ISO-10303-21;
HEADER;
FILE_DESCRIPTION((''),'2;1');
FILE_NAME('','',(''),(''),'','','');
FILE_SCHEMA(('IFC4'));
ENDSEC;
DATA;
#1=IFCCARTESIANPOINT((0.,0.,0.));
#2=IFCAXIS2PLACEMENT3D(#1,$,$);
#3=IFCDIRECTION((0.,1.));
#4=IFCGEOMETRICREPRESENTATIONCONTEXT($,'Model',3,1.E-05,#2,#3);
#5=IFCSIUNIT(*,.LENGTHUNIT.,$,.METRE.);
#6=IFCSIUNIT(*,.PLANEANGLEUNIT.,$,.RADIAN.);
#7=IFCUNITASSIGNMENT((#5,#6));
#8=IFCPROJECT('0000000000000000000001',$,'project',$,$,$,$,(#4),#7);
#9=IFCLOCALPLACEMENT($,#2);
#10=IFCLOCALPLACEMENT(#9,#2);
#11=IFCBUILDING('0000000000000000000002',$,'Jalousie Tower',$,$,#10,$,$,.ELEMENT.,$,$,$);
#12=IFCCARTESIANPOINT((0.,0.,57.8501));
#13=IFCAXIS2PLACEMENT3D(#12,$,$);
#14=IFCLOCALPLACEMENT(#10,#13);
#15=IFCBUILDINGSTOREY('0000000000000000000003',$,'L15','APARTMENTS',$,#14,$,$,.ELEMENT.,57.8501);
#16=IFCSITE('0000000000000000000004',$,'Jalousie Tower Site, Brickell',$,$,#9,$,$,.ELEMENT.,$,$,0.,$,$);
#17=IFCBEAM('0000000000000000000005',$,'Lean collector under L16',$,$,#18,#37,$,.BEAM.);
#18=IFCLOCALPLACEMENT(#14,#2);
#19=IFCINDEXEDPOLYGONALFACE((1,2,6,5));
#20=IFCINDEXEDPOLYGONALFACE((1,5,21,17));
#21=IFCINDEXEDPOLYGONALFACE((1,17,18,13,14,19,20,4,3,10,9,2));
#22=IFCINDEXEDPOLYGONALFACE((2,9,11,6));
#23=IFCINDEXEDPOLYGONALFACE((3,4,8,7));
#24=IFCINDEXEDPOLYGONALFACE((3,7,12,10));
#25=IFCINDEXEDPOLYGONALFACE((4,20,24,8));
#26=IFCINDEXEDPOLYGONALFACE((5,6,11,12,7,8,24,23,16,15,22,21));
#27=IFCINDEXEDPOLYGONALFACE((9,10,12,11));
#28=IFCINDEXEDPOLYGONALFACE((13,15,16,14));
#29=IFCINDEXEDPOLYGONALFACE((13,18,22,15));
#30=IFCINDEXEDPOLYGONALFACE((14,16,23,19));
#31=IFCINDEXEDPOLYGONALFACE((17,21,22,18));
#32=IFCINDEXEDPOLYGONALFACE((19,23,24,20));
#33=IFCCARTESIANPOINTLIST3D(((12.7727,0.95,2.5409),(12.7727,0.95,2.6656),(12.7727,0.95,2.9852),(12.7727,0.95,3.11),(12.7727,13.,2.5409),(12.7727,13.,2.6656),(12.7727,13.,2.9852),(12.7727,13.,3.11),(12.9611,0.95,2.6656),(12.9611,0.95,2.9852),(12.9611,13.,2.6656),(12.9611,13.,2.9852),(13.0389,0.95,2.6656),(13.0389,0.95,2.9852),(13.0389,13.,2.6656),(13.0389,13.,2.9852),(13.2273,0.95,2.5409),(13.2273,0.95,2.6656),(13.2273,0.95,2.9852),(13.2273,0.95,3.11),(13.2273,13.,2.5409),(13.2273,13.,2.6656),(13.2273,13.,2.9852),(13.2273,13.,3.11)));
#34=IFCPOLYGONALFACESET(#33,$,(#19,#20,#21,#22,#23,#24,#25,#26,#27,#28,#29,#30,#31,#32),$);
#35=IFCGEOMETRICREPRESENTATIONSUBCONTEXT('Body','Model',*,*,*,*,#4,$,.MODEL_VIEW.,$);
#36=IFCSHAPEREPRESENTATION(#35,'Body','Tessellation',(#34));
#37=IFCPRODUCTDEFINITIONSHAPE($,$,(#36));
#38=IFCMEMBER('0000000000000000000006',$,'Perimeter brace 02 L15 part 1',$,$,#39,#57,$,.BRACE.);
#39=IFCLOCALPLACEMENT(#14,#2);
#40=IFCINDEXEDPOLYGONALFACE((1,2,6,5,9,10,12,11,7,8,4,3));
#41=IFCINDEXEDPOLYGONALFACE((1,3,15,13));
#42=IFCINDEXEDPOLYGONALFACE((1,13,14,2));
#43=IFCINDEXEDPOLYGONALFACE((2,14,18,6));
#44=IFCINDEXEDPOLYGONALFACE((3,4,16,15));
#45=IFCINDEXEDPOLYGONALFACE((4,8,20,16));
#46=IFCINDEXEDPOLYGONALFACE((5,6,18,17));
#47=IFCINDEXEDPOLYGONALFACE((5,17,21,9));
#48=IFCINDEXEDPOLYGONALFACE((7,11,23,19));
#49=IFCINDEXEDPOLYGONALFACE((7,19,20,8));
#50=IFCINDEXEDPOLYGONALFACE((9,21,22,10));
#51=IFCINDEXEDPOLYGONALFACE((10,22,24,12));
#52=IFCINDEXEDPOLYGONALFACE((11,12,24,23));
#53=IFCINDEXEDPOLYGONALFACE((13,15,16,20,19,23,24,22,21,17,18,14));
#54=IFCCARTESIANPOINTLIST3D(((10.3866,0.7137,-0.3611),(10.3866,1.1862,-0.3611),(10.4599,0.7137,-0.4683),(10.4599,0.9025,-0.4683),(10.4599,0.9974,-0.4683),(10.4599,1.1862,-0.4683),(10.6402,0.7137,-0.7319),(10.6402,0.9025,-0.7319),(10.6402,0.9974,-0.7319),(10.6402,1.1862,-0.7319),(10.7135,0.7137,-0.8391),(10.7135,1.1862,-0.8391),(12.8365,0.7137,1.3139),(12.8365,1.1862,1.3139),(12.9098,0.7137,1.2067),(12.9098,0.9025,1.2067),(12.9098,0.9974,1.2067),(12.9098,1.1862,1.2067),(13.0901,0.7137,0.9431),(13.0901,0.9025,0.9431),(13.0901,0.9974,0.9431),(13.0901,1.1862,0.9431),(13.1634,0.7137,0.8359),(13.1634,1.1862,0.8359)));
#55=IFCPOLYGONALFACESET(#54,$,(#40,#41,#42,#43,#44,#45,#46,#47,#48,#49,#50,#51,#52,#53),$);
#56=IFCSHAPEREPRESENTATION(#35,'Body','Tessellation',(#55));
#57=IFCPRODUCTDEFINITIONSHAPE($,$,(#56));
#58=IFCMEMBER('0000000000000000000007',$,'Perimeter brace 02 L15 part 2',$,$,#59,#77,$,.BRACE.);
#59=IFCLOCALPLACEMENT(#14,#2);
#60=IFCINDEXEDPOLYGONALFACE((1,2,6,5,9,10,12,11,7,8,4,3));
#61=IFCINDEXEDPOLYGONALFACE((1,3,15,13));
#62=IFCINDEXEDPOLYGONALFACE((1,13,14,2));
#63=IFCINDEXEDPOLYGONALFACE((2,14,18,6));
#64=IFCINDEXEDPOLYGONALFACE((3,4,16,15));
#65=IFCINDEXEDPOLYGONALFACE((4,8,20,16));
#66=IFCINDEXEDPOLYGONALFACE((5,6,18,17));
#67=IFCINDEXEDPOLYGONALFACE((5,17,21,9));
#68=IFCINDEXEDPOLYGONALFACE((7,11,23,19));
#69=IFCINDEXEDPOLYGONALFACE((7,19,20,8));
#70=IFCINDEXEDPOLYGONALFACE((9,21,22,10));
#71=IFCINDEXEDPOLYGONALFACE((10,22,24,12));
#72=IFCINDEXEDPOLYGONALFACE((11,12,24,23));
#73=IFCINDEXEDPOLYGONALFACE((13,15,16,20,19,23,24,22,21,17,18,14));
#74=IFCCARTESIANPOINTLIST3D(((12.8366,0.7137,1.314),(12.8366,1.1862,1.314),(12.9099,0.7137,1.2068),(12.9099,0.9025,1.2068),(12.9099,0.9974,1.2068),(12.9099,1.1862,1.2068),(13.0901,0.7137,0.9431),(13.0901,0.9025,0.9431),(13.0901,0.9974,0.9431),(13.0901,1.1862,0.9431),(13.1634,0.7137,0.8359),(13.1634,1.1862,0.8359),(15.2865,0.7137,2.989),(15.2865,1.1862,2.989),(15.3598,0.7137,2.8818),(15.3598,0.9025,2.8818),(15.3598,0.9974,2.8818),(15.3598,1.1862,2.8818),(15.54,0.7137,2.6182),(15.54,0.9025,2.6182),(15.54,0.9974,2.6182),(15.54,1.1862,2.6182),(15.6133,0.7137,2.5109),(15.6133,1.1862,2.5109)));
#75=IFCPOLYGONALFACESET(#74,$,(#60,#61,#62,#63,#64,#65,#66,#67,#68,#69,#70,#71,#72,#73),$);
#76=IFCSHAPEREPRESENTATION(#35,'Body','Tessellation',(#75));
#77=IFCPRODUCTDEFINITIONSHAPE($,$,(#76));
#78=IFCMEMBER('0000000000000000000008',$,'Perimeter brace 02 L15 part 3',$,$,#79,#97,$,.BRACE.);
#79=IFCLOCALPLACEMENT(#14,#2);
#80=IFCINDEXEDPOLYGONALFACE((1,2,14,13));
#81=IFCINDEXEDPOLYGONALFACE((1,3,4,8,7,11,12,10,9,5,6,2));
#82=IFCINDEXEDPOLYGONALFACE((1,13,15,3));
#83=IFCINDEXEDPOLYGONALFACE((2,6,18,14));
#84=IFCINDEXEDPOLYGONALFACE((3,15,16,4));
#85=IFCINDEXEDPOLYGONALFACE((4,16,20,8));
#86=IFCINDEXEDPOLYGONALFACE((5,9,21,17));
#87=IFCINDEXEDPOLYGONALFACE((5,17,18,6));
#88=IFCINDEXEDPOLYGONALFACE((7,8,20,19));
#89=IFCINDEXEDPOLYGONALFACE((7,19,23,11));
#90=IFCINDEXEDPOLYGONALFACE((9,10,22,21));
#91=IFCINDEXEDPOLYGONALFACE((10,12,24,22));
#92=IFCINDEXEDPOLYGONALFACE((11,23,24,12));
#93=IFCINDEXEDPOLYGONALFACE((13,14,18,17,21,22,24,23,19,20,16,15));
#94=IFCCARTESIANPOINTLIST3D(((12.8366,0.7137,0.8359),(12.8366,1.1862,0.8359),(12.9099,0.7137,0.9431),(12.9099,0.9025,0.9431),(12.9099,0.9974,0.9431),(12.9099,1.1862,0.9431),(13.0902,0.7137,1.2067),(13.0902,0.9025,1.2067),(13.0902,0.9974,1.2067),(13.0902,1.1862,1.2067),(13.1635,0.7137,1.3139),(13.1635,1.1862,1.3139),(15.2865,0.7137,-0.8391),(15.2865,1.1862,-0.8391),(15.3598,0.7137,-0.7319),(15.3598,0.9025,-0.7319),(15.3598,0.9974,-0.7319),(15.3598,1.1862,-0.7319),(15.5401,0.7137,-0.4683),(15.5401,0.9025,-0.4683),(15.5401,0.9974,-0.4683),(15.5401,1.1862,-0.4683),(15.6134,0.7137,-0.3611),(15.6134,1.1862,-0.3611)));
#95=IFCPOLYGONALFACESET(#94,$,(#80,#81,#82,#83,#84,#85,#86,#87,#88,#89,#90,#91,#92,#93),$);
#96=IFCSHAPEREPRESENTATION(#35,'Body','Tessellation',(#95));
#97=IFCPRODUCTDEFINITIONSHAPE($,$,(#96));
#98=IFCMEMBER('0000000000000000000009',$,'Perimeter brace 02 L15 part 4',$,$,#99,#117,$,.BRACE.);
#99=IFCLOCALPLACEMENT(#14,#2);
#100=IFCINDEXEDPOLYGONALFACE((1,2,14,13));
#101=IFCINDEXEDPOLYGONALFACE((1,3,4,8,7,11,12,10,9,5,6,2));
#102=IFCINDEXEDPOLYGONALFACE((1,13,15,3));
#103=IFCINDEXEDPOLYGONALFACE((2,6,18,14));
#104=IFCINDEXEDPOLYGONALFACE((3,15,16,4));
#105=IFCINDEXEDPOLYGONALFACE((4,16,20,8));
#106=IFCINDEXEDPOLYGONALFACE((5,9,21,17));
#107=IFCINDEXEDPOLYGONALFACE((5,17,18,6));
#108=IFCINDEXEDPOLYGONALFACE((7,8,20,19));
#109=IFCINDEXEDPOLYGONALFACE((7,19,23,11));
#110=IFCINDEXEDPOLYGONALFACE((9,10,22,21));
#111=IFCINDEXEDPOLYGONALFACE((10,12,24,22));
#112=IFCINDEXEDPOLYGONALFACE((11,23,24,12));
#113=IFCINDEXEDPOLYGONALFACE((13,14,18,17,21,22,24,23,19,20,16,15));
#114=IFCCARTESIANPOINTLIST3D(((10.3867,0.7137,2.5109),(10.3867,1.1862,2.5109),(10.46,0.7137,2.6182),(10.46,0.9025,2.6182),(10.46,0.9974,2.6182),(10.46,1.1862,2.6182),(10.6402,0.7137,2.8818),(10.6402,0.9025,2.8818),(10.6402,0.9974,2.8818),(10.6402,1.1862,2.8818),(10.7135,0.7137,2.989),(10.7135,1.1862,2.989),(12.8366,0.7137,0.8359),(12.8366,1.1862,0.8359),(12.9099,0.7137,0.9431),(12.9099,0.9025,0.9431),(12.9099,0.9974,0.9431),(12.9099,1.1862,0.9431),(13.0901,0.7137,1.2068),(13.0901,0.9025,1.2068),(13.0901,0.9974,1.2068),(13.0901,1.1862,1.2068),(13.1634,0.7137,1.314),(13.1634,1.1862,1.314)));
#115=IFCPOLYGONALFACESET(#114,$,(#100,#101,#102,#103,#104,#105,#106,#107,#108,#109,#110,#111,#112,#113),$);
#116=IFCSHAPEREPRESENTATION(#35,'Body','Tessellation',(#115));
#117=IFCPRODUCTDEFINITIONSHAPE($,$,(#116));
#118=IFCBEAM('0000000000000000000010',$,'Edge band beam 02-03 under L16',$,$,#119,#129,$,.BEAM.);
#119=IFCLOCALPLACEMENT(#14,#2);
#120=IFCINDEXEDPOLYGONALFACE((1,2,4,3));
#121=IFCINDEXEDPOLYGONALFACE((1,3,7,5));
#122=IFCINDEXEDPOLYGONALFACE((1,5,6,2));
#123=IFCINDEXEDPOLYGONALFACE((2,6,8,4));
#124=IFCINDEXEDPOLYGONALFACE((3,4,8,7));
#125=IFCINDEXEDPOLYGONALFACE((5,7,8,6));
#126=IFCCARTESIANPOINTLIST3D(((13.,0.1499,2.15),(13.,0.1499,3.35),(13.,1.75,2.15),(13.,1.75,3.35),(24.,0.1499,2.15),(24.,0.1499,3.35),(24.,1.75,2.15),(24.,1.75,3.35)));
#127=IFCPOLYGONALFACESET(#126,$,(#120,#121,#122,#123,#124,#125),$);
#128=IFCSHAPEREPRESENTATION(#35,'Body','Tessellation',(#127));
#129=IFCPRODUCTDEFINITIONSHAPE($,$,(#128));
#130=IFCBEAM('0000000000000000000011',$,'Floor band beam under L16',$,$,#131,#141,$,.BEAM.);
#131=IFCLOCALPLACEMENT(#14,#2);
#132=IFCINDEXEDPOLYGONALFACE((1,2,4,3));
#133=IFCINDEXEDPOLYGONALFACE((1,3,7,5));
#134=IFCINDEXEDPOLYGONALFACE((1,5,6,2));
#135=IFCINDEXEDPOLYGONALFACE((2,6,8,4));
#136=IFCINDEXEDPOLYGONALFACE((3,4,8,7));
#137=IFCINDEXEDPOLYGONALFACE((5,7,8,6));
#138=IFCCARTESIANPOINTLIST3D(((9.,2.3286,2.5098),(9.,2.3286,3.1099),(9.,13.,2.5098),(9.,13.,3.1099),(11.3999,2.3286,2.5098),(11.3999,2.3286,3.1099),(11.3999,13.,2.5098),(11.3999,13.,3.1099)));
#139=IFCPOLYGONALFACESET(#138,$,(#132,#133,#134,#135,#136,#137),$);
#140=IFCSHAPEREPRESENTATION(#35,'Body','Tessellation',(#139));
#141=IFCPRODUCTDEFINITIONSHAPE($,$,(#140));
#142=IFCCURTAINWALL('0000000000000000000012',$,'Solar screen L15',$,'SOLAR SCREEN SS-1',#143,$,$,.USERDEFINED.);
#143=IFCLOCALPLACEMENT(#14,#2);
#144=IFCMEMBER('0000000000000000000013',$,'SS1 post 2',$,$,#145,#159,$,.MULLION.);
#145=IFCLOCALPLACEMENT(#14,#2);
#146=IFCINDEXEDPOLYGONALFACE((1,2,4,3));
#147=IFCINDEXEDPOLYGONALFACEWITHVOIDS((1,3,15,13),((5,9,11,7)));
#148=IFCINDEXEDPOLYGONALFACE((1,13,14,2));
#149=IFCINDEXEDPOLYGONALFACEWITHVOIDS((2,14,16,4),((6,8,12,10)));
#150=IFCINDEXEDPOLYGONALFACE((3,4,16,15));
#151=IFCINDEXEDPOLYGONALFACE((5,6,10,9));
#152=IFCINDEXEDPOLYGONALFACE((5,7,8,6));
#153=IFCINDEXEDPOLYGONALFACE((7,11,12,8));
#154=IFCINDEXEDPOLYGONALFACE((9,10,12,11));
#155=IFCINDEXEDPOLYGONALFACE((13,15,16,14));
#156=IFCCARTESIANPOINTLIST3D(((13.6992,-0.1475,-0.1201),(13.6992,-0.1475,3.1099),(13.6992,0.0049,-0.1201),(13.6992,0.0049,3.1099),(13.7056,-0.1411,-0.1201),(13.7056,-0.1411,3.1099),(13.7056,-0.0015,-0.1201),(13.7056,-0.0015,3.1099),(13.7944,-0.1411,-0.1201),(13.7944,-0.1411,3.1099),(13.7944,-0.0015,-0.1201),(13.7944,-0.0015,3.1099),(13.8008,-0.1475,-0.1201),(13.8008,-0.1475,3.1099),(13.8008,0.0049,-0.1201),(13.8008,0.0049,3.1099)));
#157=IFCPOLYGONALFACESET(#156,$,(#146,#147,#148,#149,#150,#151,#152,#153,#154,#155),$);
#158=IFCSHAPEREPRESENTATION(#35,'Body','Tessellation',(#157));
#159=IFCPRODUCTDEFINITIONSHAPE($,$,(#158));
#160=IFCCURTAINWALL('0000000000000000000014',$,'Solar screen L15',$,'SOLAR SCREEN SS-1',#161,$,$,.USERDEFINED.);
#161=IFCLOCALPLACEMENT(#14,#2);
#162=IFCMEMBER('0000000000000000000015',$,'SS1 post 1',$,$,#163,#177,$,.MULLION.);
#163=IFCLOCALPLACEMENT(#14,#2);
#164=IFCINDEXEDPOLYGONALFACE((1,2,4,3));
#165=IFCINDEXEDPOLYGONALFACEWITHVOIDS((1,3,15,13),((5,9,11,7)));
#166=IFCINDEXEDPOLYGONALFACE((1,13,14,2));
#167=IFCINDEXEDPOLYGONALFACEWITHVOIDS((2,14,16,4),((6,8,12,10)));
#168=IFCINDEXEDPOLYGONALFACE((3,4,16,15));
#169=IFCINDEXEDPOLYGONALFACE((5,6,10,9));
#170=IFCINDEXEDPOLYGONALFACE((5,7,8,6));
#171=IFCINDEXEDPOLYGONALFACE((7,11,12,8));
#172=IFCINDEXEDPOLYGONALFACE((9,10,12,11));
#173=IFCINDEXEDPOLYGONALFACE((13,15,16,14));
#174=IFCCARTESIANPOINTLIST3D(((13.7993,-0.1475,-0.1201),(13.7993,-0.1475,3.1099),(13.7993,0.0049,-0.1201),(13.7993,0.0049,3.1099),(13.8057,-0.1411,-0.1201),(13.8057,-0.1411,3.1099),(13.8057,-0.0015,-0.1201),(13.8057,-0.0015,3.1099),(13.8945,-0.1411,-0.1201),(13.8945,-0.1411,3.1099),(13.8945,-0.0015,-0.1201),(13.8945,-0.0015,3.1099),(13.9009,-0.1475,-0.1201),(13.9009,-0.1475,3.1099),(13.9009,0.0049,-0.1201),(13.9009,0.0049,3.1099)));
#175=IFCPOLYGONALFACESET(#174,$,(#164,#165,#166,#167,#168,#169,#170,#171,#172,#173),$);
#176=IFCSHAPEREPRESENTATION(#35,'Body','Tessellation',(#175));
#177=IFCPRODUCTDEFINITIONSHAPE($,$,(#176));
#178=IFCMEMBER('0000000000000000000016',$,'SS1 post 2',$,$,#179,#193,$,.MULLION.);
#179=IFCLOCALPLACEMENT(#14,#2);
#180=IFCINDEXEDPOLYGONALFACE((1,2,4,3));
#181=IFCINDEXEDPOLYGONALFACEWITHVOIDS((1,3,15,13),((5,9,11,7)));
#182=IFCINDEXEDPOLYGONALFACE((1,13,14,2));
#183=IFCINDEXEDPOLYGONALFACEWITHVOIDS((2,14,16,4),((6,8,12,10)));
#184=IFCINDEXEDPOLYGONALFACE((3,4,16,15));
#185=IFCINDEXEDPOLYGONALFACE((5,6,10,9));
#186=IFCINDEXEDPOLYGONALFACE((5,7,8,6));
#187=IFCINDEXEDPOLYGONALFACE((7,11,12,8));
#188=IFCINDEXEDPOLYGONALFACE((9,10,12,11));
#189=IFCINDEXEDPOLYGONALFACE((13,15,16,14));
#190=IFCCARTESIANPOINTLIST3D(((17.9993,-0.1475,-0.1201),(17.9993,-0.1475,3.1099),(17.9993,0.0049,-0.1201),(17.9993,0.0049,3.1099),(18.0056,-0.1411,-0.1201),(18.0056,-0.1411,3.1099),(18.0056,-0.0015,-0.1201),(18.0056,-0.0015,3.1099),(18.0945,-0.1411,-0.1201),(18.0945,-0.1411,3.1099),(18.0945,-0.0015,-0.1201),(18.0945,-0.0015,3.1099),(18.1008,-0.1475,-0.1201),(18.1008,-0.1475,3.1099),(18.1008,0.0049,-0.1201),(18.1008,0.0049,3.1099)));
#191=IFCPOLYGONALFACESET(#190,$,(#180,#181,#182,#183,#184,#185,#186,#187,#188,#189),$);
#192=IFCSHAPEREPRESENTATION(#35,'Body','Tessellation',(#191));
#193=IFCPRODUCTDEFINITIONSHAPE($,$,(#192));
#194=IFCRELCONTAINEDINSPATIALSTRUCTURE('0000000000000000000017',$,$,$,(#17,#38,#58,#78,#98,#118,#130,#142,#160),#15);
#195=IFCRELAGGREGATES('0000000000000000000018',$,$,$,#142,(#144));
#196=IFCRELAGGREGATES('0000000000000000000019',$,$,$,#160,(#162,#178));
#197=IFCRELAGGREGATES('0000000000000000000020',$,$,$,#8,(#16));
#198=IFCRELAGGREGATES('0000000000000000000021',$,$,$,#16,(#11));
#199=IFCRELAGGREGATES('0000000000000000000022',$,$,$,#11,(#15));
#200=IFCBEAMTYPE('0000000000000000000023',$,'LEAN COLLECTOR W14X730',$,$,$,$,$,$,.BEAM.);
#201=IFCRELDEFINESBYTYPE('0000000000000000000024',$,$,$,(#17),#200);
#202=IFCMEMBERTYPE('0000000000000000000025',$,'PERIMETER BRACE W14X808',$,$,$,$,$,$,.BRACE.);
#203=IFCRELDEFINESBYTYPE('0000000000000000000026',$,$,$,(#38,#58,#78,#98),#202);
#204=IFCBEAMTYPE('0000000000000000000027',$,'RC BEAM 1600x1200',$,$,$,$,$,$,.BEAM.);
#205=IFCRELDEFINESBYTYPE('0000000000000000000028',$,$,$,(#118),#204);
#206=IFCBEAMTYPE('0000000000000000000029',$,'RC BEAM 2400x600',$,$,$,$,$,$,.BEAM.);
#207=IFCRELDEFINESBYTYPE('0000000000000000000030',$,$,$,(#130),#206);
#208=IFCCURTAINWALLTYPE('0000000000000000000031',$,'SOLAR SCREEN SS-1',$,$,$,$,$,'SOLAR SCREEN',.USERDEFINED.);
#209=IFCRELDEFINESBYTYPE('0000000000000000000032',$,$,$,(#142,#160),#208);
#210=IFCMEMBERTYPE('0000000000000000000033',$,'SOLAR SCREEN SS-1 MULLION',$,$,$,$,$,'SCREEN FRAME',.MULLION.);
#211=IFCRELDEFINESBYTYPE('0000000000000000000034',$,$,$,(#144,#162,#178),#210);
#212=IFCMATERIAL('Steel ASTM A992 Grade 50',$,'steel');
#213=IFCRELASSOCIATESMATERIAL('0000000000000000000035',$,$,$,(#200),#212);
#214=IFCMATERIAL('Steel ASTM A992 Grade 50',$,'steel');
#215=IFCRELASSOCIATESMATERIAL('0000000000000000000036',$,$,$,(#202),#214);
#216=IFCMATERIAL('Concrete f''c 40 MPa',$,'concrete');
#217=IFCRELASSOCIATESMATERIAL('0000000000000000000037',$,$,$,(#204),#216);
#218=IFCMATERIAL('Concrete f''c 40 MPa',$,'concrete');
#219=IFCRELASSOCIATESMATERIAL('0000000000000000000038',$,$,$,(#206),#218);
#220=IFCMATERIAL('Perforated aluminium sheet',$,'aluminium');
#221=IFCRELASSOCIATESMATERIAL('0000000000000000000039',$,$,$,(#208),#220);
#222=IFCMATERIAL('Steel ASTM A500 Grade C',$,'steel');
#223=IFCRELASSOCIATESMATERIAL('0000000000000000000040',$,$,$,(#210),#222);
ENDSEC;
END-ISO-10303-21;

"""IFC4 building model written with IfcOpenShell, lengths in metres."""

from ifc_helpers import new_model, si_unit, direction, frame, origin, origin_2d, place, context, subcontext, project, spatial, rectangle, hollow_rectangle, i_section, extrude, material, material_profile, profile_set, type_object, element, aggregate, save


model = new_model("IFC4")

# Units and contexts
model_context = context("Model", 3, precision=1e-05, world=origin(), true_north=direction((0.0, 1.0)))
body_context = subcontext(model_context, "Body", "Model", "MODEL_VIEW")
ifc_project = project(units=[si_unit("LENGTHUNIT", "METRE"), si_unit("PLANEANGLEUNIT", "RADIAN")], contexts=[model_context])

# Site, building, storey
site_placement = place(None, origin())
site = spatial("IfcSite", under=ifc_project, at=site_placement, Name="Jalousie Tower Site, Brickell", CompositionType="ELEMENT", RefElevation=0.0)
building_placement = place(site_placement, origin())
building = spatial("IfcBuilding", under=site, at=building_placement, Name="Jalousie Tower", CompositionType="ELEMENT")
storey_placement = place(building_placement, frame((0.0, 0.0, 57.8501)))
storey = spatial("IfcBuildingStorey", under=building, at=storey_placement, Name="L15", Description="APARTMENTS", CompositionType="ELEMENT", Elevation=57.8501)

# Beam
ifc_material_1 = material(Name="Steel ASTM A992 Grade 50", Category="steel")
ifc_material_profile_1 = material_profile(ifc_material_1, i_section(OverallWidth=0.4546, OverallDepth=0.5691, WebThickness=0.0779, FlangeThickness=0.1248, at=origin_2d()), Name="W14X730")
ifc_profile_set_1 = profile_set([ifc_material_profile_1], Name="Steel ASTM A992 Grade 50")
beam_type_1 = type_object("IfcBeamType", Name="LEAN COLLECTOR W14X730", PredefinedType="BEAM", material=ifc_profile_set_1)
beam_1_placement = place(storey_placement, frame((13.0, 0.95, 2.8254), z_axis=(0.0, 1.0, 0.0), x_axis=(-1.0, 0.0, 0.0)))
element("IfcBeam", 1, at=beam_1_placement, inside=storey, type_object=beam_type_1, Name="Lean collector under L16", PredefinedType="BEAM", context=body_context, shape_type="SweptSolid", body=[
    extrude(i_section(OverallWidth=0.4546, OverallDepth=0.5691, WebThickness=0.0779, FlangeThickness=0.1248, at=origin_2d()), origin(), (0.0, 0.0, 1.0), 12.05),
])

# Members
ifc_material_2 = material(Name="Steel ASTM A992 Grade 50", Category="steel")
ifc_material_profile_2 = material_profile(ifc_material_2, i_section(OverallWidth=0.4724, OverallDepth=0.5791, WebThickness=0.095, FlangeThickness=0.1299, at=origin_2d()), Name="W14X808")
ifc_profile_set_2 = profile_set([ifc_material_profile_2], Name="Steel ASTM A992 Grade 50")
member_type_1 = type_object("IfcMemberType", Name="PERIMETER BRACE W14X808", PredefinedType="BRACE", material=ifc_profile_set_2)
for number, where, z_axis, x_axis, name in (
    (2, (10.55, 0.95, -0.6001), (0.825501, 0.0, 0.564401), (0.0, 1.0, 0.0), "Perimeter brace 02 L15 part 1"),
    (3, (13.0, 0.95, 1.075), (0.825501, 0.0, 0.564401), (0.0, 1.0, 0.0), "Perimeter brace 02 L15 part 2"),
    (4, (15.45, 0.95, -0.6001), (-0.825501, 0.0, 0.564401), (0.0, -1.0, 0.0), "Perimeter brace 02 L15 part 3"),
    (5, (13.0, 0.95, 1.075), (-0.825501, 0.0, 0.564401), (0.0, -1.0, 0.0), "Perimeter brace 02 L15 part 4"),
):
    element("IfcMember", number, at=place(storey_placement, frame(where, z_axis=z_axis, x_axis=x_axis)), inside=storey, type_object=member_type_1, Name=name, PredefinedType="BRACE", context=body_context, shape_type="SweptSolid", body=[
        extrude(i_section(OverallWidth=0.4724, OverallDepth=0.5791, WebThickness=0.095, FlangeThickness=0.1299, at=origin_2d()), origin(), (0.0, 0.0, 1.0), 2.9678),
    ])

# Beams
ifc_material_3 = material(Name="Concrete f'c 40 MPa", Category="concrete")
ifc_material_profile_3 = material_profile(ifc_material_3, rectangle(XDim=1.6001, YDim=1.2, at=origin_2d()), Name="RC 1600x1200")
ifc_profile_set_3 = profile_set([ifc_material_profile_3], Name="Concrete f'c 40 MPa")
beam_type_2 = type_object("IfcBeamType", Name="RC BEAM 1600x1200", PredefinedType="BEAM", material=ifc_profile_set_3)
beam_2_placement = place(storey_placement, frame((13.0, 0.95, 2.75), z_axis=(1.0, 0.0, 0.0), x_axis=(0.0, 1.0, 0.0)))
element("IfcBeam", 6, at=beam_2_placement, inside=storey, type_object=beam_type_2, Name="Edge band beam 02-03 under L16", PredefinedType="BEAM", context=body_context, shape_type="SweptSolid", body=[
    extrude(rectangle(XDim=1.6001, YDim=1.2, at=origin_2d()), origin(), (0.0, 0.0, 1.0), 11.0),
])
ifc_material_4 = material(Name="Concrete f'c 40 MPa", Category="concrete")
ifc_material_profile_4 = material_profile(ifc_material_4, rectangle(XDim=2.3999, YDim=0.6001, at=origin_2d()), Name="RC 2400x600")
ifc_profile_set_4 = profile_set([ifc_material_profile_4], Name="Concrete f'c 40 MPa")
beam_type_3 = type_object("IfcBeamType", Name="RC BEAM 2400x600", PredefinedType="BEAM", material=ifc_profile_set_4)
beam_3_placement = place(storey_placement, frame((10.2, 13.0, 2.8098), z_axis=(0.0, -1.0, 0.0), x_axis=(1.0, 0.0, 0.0)))
element("IfcBeam", 7, at=beam_3_placement, inside=storey, type_object=beam_type_3, Name="Floor band beam under L16", PredefinedType="BEAM", context=body_context, shape_type="SweptSolid", body=[
    extrude(rectangle(XDim=2.3999, YDim=0.6001, at=origin_2d()), origin(), (0.0, 0.0, 1.0), 10.6714),
])

# Curtain wall, member
ifc_material_5 = material(Name="Perforated aluminium sheet", Category="aluminium")
curtain_wall_type = type_object("IfcCurtainWallType", Name="SOLAR SCREEN SS-1", ElementType="SOLAR SCREEN", PredefinedType="USERDEFINED", material=ifc_material_5)
curtain_wall_1_placement = place(storey_placement, origin())
curtain_wall_1 = element("IfcCurtainWall", 8, at=curtain_wall_1_placement, inside=storey, type_object=curtain_wall_type, Name="Solar screen L15", ObjectType="SOLAR SCREEN SS-1", PredefinedType="USERDEFINED")
ifc_material_6 = material(Name="Steel ASTM A500 Grade C", Category="steel")
ifc_material_profile_5 = material_profile(ifc_material_6, hollow_rectangle(XDim=0.1016, YDim=0.1523, WallThickness=0.0063, at=origin_2d()), Name="HSS6X4X1/4")
ifc_profile_set_5 = profile_set([ifc_material_profile_5], Name="Steel ASTM A500 Grade C")
member_type_2 = type_object("IfcMemberType", Name="SOLAR SCREEN SS-1 MULLION", ElementType="SCREEN FRAME", PredefinedType="MULLION", material=ifc_profile_set_5)
member_1_placement = place(storey_placement, frame((13.75, -0.0713, -0.1201), z_axis=(0.0, 0.0, 1.0), x_axis=(1.0, 0.0, 0.0)))
member_1 = element("IfcMember", 9, at=member_1_placement, type_object=member_type_2, Name="SS1 post 2", PredefinedType="MULLION", context=body_context, shape_type="SweptSolid", body=[
    extrude(hollow_rectangle(XDim=0.1016, YDim=0.1523, WallThickness=0.0063, at=origin_2d()), origin(), (0.0, 0.0, 1.0), 3.23),
])
aggregate(curtain_wall_1, [member_1])

# Curtain wall, members
curtain_wall_2_placement = place(storey_placement, origin())
curtain_wall_2 = element("IfcCurtainWall", 10, at=curtain_wall_2_placement, inside=storey, type_object=curtain_wall_type, Name="Solar screen L15", ObjectType="SOLAR SCREEN SS-1", PredefinedType="USERDEFINED")
member_2_placement = place(storey_placement, frame((13.8501, -0.0713, -0.1201), z_axis=(0.0, 0.0, 1.0), x_axis=(1.0, 0.0, 0.0)))
member_2 = element("IfcMember", 11, at=member_2_placement, type_object=member_type_2, Name="SS1 post 1", PredefinedType="MULLION", context=body_context, shape_type="SweptSolid", body=[
    extrude(hollow_rectangle(XDim=0.1016, YDim=0.1523, WallThickness=0.0063, at=origin_2d()), origin(), (0.0, 0.0, 1.0), 3.23),
])
member_3_placement = place(storey_placement, frame((18.05, -0.0713, -0.1201), z_axis=(0.0, 0.0, 1.0), x_axis=(1.0, 0.0, 0.0)))
member_3 = element("IfcMember", 12, at=member_3_placement, type_object=member_type_2, Name="SS1 post 2", PredefinedType="MULLION", context=body_context, shape_type="SweptSolid", body=[
    extrude(hollow_rectangle(XDim=0.1016, YDim=0.1523, WallThickness=0.0063, at=origin_2d()), origin(), (0.0, 0.0, 1.0), 3.23),
])

aggregate(curtain_wall_2, [member_2, member_3])

save(model, "model.ifc")
